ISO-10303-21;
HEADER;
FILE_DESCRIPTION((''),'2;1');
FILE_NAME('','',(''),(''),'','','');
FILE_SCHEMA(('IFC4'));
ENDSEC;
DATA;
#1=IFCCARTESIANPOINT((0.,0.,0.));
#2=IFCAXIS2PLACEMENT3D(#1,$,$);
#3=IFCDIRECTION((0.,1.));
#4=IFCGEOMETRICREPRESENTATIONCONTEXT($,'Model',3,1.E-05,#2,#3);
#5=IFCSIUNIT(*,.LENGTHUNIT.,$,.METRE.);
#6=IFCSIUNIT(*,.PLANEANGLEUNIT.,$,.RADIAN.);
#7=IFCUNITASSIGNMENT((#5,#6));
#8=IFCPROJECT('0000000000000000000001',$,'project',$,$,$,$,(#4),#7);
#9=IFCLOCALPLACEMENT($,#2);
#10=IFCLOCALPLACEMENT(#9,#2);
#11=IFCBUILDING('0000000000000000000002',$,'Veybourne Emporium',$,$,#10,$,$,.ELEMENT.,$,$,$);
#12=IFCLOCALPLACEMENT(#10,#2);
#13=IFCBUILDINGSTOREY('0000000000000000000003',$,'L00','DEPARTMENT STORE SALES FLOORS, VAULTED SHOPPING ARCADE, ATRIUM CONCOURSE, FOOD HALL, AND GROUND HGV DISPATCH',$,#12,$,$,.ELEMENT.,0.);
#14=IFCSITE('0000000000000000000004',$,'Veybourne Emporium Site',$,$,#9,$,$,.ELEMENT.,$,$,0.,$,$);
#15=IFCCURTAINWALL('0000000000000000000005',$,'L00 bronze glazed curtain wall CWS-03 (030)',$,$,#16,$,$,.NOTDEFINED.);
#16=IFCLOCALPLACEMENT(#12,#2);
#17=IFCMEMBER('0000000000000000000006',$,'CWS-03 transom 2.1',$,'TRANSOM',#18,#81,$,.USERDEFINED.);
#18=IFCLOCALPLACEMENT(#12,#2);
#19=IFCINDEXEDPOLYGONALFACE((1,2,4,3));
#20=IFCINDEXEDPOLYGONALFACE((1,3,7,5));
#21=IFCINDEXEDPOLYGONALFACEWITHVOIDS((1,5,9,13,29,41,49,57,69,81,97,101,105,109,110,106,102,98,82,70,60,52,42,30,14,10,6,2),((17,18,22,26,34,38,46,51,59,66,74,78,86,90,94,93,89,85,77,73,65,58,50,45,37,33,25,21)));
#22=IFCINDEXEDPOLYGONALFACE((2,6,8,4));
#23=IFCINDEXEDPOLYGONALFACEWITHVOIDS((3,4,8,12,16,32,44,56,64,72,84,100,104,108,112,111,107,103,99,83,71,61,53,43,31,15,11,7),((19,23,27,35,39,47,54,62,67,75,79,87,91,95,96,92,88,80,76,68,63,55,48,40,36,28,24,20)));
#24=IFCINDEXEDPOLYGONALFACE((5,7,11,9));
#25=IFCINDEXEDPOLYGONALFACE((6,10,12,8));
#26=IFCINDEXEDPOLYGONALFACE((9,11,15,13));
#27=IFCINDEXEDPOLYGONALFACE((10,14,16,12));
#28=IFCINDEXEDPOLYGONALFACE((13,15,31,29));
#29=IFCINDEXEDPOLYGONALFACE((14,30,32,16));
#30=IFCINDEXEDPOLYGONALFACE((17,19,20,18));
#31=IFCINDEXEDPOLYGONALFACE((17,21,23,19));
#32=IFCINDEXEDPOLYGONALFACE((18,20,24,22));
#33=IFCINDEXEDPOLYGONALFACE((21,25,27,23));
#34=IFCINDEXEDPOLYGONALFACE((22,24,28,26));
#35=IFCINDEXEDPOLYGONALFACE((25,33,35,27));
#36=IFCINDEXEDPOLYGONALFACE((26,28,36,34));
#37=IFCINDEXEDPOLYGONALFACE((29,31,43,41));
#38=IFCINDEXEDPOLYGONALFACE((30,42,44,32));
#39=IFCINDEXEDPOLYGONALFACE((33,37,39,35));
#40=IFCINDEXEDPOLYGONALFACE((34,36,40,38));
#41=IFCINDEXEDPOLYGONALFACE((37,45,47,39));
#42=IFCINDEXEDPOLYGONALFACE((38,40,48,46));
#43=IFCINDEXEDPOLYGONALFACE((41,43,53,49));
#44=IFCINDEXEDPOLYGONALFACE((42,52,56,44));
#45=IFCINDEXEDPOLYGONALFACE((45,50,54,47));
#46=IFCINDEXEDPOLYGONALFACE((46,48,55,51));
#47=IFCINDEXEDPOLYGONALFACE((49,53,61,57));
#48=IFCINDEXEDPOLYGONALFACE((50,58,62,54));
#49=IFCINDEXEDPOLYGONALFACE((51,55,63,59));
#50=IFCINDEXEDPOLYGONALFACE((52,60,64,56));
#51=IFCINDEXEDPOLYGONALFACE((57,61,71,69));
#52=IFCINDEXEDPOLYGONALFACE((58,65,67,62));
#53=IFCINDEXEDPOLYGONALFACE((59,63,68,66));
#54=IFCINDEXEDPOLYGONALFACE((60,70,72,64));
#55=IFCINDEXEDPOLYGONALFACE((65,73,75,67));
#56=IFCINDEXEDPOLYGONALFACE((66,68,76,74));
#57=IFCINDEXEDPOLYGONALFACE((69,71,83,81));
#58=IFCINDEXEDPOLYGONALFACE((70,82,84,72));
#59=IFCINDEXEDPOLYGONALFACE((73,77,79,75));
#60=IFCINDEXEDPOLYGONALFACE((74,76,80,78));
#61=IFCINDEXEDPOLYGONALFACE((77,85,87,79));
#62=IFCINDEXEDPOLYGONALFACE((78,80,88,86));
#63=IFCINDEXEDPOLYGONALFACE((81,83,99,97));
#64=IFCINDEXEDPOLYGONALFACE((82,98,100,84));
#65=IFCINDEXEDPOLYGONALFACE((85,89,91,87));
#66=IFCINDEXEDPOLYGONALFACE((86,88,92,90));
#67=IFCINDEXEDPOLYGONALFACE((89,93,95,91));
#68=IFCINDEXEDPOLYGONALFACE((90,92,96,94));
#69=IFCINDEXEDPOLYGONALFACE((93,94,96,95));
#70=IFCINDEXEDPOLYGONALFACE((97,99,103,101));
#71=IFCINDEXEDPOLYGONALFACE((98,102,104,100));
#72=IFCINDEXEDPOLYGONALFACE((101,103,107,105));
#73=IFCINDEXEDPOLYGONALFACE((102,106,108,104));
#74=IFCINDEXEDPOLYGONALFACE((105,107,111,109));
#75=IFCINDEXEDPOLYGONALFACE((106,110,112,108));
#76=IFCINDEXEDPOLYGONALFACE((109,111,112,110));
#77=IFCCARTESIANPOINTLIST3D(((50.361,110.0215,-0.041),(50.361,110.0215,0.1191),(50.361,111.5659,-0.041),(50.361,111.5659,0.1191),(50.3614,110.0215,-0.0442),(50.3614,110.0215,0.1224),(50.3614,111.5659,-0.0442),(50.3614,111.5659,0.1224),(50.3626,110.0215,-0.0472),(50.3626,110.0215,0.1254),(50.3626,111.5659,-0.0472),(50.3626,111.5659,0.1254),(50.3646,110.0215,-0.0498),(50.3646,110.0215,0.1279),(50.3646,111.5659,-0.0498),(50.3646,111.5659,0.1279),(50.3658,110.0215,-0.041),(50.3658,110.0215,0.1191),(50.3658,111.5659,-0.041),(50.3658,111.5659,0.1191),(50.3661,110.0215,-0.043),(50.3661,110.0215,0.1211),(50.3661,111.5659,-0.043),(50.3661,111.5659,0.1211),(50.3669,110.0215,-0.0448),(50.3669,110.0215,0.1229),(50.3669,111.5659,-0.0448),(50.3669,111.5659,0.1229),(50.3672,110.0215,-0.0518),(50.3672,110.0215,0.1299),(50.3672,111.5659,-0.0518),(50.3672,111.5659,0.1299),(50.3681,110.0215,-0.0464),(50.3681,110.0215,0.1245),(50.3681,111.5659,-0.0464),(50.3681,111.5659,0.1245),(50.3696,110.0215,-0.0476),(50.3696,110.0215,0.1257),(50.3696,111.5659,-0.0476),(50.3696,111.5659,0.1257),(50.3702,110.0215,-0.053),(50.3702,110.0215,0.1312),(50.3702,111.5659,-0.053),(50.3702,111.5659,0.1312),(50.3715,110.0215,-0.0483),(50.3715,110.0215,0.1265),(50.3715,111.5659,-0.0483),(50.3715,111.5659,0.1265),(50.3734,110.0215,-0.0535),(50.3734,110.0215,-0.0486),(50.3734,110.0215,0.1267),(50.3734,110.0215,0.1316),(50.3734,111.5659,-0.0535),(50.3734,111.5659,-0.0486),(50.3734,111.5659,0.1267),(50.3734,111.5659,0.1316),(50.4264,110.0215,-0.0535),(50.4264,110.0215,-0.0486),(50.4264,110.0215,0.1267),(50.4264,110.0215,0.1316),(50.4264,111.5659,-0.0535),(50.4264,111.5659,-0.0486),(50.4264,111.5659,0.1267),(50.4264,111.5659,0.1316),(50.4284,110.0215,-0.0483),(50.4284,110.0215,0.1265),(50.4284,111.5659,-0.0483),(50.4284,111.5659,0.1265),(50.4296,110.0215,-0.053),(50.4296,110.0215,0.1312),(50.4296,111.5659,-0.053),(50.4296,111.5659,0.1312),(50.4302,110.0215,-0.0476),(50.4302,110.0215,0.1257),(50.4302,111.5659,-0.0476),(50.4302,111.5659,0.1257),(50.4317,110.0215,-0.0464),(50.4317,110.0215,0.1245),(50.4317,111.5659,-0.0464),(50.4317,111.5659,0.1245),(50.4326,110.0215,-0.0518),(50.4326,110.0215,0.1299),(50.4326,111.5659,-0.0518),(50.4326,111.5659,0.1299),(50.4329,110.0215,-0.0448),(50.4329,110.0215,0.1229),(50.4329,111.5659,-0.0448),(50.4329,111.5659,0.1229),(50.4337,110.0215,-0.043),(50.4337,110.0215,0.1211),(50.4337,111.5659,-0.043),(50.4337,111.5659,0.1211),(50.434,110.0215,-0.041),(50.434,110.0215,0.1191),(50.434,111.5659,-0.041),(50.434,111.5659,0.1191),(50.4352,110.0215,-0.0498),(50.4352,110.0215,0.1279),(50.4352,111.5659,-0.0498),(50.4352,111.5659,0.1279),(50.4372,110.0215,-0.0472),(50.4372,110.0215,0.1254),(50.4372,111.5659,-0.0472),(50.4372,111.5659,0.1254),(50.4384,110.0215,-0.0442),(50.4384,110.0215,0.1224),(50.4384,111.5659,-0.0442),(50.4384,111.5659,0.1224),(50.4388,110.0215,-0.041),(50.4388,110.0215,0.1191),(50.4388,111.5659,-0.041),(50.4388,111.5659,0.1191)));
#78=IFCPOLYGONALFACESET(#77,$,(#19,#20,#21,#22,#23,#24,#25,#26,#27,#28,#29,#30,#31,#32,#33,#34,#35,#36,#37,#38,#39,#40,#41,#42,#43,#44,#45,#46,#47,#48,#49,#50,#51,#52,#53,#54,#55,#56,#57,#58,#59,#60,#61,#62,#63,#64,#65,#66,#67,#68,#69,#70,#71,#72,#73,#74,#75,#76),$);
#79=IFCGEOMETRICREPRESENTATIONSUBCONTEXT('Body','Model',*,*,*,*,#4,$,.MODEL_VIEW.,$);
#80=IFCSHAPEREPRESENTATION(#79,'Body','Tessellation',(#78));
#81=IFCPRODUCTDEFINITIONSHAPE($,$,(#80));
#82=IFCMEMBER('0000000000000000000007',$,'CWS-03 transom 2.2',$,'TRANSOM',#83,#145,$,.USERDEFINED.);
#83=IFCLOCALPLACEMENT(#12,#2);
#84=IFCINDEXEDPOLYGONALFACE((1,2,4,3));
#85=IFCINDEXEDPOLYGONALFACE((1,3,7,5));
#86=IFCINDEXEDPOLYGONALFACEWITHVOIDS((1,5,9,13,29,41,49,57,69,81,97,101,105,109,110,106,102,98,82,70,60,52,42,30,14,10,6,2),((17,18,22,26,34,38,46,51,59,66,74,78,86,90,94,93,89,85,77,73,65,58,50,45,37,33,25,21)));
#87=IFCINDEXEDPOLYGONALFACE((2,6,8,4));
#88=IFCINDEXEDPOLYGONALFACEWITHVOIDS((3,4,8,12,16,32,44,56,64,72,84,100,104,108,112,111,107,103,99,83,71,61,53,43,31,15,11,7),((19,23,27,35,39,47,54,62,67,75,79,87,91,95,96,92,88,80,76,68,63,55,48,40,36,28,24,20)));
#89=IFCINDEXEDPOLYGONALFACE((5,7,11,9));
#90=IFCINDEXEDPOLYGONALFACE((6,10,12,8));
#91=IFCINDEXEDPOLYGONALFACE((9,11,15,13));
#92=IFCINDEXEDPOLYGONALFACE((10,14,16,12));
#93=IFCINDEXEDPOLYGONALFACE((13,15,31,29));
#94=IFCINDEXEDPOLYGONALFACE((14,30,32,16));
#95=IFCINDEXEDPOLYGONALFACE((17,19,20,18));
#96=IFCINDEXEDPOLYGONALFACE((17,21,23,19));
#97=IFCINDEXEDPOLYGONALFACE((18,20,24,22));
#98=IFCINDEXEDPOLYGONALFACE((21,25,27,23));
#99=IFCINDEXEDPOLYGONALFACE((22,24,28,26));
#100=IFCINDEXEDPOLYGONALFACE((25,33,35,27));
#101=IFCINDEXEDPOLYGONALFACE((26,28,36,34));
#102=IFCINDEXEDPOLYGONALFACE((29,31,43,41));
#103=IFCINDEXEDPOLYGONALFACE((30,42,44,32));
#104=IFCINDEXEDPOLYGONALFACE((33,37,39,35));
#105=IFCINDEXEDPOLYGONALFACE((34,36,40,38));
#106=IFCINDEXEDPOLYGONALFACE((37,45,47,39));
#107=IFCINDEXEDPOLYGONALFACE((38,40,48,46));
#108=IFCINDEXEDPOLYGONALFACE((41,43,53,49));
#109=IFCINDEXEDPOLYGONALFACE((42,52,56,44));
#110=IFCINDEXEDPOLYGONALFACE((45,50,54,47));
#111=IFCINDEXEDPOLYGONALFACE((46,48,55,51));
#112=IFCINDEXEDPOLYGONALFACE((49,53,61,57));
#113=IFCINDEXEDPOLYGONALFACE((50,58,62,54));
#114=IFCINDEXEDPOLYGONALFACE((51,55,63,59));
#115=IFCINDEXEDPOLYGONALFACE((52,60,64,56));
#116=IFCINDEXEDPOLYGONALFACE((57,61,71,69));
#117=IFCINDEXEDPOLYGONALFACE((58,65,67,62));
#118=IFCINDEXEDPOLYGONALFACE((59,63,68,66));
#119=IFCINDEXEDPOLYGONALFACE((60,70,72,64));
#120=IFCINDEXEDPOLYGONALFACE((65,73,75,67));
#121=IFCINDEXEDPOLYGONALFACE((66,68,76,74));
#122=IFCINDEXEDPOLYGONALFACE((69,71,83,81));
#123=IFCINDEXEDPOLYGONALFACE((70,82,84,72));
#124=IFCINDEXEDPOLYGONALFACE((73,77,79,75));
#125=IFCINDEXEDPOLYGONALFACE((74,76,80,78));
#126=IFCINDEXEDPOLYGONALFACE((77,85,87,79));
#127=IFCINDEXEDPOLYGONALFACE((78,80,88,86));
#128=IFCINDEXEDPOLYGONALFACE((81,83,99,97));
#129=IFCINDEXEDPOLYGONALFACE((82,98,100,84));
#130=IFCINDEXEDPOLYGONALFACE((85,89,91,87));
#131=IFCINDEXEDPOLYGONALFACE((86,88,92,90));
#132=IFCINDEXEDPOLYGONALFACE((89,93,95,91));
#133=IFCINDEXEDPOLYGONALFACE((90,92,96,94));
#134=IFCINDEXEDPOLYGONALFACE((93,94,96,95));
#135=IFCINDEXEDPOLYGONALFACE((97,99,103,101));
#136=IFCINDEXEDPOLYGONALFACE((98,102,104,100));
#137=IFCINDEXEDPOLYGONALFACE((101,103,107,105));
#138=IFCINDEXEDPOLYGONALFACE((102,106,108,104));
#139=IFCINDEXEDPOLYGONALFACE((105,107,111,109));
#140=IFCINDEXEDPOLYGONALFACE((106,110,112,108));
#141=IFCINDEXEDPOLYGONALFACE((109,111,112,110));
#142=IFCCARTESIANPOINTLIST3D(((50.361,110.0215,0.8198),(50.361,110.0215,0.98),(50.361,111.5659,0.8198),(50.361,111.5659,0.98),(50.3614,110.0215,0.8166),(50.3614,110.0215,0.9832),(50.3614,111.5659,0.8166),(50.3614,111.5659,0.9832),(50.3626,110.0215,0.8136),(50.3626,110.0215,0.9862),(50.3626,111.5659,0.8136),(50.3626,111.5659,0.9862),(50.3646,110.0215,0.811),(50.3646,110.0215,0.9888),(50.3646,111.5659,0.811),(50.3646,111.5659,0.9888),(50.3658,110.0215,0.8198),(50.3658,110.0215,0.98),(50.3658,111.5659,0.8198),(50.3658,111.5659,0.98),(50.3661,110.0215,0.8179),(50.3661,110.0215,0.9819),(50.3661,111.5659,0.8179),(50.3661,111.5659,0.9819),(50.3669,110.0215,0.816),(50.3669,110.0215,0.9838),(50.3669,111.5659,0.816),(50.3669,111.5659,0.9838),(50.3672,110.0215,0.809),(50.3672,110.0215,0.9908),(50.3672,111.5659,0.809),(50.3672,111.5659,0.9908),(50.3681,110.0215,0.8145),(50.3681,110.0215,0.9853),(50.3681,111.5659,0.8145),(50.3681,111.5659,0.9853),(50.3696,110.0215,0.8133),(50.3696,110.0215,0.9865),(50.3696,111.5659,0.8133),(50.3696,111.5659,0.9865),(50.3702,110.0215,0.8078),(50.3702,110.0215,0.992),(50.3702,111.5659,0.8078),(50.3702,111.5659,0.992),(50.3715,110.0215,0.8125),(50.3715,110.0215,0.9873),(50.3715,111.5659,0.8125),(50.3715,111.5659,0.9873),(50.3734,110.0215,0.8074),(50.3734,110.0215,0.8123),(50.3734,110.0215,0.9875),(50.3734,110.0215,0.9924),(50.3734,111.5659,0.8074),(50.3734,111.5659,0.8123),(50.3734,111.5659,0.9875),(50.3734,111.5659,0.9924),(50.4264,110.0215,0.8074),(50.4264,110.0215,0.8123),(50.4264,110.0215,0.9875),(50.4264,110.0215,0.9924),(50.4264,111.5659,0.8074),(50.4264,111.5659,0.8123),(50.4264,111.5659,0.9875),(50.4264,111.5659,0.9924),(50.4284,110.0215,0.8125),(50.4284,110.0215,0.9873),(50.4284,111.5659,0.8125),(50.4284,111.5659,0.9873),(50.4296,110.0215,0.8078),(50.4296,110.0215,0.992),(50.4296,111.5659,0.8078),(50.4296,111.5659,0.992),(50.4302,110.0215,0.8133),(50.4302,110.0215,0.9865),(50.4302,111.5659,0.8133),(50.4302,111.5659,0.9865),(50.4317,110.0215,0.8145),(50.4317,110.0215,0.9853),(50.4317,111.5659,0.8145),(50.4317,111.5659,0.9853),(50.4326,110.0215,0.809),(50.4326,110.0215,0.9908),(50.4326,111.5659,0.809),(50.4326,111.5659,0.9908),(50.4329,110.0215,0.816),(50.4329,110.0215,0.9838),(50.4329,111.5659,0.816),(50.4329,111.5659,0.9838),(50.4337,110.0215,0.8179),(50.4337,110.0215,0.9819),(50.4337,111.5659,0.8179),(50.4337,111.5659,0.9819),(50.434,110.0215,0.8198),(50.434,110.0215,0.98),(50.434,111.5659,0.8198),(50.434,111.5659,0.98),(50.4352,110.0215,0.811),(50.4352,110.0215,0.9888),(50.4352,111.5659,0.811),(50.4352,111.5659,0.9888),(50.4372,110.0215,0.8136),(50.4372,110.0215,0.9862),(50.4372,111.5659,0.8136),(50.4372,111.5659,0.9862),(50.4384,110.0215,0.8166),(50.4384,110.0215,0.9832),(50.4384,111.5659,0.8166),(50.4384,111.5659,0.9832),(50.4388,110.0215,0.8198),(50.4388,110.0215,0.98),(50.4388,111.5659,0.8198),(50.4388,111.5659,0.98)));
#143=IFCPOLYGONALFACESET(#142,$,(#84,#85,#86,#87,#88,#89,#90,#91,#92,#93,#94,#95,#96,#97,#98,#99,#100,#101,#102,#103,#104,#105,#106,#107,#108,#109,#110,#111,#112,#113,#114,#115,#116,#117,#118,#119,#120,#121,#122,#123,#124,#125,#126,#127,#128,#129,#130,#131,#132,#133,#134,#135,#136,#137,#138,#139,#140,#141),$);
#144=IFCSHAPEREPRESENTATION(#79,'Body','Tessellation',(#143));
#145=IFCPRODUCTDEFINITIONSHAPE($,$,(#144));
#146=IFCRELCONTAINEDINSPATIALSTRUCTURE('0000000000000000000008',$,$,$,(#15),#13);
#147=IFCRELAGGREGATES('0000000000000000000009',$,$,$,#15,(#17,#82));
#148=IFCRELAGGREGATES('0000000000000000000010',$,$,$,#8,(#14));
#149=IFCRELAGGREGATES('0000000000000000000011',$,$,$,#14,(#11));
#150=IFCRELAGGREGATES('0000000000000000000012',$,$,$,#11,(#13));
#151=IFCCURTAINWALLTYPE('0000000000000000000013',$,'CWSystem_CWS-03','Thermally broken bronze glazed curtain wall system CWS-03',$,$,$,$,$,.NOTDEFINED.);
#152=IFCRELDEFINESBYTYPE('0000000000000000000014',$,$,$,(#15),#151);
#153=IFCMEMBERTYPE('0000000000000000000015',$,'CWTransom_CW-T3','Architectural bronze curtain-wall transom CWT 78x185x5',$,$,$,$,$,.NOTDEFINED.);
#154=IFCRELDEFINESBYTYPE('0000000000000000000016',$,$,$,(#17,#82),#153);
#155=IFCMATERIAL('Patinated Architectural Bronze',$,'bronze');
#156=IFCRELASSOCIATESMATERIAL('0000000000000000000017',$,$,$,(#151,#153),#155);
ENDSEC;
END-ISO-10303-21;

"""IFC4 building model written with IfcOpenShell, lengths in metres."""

from ifc_helpers import new_model, si_unit, direction, frame, origin, origin_2d, place, context, subcontext, project, spatial, hollow_rectangle, extrude, material, material_profile, profile_set, type_object, element, aggregate, save


model = new_model("IFC4")

# Units and contexts
model_context = context("Model", 3, precision=1e-05, world=origin(), true_north=direction((0.0, 1.0)))
body_context = subcontext(model_context, "Body", "Model", "MODEL_VIEW")
ifc_project = project(units=[si_unit("LENGTHUNIT", "METRE"), si_unit("PLANEANGLEUNIT", "RADIAN")], contexts=[model_context])

# Site, building, storey
site_placement = place(None, origin())
site = spatial("IfcSite", under=ifc_project, at=site_placement, Name="Veybourne Emporium Site", CompositionType="ELEMENT", RefElevation=0.0)
building_placement = place(site_placement, origin())
building = spatial("IfcBuilding", under=site, at=building_placement, Name="Veybourne Emporium", CompositionType="ELEMENT")
storey_placement = place(building_placement, origin())
storey = spatial("IfcBuildingStorey", under=building, at=storey_placement, Name="L00", Description="DEPARTMENT STORE SALES FLOORS, VAULTED SHOPPING ARCADE, ATRIUM CONCOURSE, FOOD HALL, AND GROUND HGV DISPATCH", CompositionType="ELEMENT", Elevation=0.0)

# Curtain wall, members
ifc_material_1 = material(Name="Patinated Architectural Bronze", Category="bronze")
curtain_wall_type = type_object("IfcCurtainWallType", Name="CWSystem_CWS-03", Description="Thermally broken bronze glazed curtain wall system CWS-03", PredefinedType="NOTDEFINED", material=ifc_material_1)
curtain_wall_placement = place(storey_placement, origin())
curtain_wall = element("IfcCurtainWall", 1, at=curtain_wall_placement, inside=storey, type_object=curtain_wall_type, Name="L00 bronze glazed curtain wall CWS-03 (030)", PredefinedType="NOTDEFINED")
ifc_material_profile_1 = material_profile(ifc_material_1, hollow_rectangle(XDim=0.0779, YDim=0.1851, WallThickness=0.0049, InnerFilletRadius=0.0076, OuterFilletRadius=0.0125, at=origin_2d()), Name="CWT 78x185x5")
ifc_profile_set_1 = profile_set([ifc_material_profile_1], Name="Patinated Architectural Bronze")
member_type_1 = type_object("IfcMemberType", Name="CWTransom_CW-T3", Description="Architectural bronze curtain-wall transom CWT 78x185x5", PredefinedType="NOTDEFINED", material=ifc_profile_set_1)
member_1_placement = place(storey_placement, frame((50.3999, 110.0215, 0.0391), z_axis=(0.0, 1.0, 0.0), x_axis=(-1.0, 0.0, 0.0)))
member_1 = element("IfcMember", 2, at=member_1_placement, type_object=member_type_1, Name="CWS-03 transom 2.1", ObjectType="TRANSOM", PredefinedType="USERDEFINED", context=body_context, shape_type="SweptSolid", body=[
    extrude(hollow_rectangle(XDim=0.0779, YDim=0.1851, WallThickness=0.0049, InnerFilletRadius=0.0076, OuterFilletRadius=0.0125, at=origin_2d()), origin(), (0.0, 0.0, 1.0), 1.5444),
])
member_2_placement = place(storey_placement, frame((50.3999, 110.0215, 0.8999), z_axis=(0.0, 1.0, 0.0), x_axis=(-1.0, 0.0, 0.0)))
member_2 = element("IfcMember", 3, at=member_2_placement, type_object=member_type_1, Name="CWS-03 transom 2.2", ObjectType="TRANSOM", PredefinedType="USERDEFINED", context=body_context, shape_type="SweptSolid", body=[
    extrude(hollow_rectangle(XDim=0.0779, YDim=0.1851, WallThickness=0.0049, InnerFilletRadius=0.0076, OuterFilletRadius=0.0125, at=origin_2d()), origin(), (0.0, 0.0, 1.0), 1.5444),
])

aggregate(curtain_wall, [member_1, member_2])

save(model, "model.ifc")
